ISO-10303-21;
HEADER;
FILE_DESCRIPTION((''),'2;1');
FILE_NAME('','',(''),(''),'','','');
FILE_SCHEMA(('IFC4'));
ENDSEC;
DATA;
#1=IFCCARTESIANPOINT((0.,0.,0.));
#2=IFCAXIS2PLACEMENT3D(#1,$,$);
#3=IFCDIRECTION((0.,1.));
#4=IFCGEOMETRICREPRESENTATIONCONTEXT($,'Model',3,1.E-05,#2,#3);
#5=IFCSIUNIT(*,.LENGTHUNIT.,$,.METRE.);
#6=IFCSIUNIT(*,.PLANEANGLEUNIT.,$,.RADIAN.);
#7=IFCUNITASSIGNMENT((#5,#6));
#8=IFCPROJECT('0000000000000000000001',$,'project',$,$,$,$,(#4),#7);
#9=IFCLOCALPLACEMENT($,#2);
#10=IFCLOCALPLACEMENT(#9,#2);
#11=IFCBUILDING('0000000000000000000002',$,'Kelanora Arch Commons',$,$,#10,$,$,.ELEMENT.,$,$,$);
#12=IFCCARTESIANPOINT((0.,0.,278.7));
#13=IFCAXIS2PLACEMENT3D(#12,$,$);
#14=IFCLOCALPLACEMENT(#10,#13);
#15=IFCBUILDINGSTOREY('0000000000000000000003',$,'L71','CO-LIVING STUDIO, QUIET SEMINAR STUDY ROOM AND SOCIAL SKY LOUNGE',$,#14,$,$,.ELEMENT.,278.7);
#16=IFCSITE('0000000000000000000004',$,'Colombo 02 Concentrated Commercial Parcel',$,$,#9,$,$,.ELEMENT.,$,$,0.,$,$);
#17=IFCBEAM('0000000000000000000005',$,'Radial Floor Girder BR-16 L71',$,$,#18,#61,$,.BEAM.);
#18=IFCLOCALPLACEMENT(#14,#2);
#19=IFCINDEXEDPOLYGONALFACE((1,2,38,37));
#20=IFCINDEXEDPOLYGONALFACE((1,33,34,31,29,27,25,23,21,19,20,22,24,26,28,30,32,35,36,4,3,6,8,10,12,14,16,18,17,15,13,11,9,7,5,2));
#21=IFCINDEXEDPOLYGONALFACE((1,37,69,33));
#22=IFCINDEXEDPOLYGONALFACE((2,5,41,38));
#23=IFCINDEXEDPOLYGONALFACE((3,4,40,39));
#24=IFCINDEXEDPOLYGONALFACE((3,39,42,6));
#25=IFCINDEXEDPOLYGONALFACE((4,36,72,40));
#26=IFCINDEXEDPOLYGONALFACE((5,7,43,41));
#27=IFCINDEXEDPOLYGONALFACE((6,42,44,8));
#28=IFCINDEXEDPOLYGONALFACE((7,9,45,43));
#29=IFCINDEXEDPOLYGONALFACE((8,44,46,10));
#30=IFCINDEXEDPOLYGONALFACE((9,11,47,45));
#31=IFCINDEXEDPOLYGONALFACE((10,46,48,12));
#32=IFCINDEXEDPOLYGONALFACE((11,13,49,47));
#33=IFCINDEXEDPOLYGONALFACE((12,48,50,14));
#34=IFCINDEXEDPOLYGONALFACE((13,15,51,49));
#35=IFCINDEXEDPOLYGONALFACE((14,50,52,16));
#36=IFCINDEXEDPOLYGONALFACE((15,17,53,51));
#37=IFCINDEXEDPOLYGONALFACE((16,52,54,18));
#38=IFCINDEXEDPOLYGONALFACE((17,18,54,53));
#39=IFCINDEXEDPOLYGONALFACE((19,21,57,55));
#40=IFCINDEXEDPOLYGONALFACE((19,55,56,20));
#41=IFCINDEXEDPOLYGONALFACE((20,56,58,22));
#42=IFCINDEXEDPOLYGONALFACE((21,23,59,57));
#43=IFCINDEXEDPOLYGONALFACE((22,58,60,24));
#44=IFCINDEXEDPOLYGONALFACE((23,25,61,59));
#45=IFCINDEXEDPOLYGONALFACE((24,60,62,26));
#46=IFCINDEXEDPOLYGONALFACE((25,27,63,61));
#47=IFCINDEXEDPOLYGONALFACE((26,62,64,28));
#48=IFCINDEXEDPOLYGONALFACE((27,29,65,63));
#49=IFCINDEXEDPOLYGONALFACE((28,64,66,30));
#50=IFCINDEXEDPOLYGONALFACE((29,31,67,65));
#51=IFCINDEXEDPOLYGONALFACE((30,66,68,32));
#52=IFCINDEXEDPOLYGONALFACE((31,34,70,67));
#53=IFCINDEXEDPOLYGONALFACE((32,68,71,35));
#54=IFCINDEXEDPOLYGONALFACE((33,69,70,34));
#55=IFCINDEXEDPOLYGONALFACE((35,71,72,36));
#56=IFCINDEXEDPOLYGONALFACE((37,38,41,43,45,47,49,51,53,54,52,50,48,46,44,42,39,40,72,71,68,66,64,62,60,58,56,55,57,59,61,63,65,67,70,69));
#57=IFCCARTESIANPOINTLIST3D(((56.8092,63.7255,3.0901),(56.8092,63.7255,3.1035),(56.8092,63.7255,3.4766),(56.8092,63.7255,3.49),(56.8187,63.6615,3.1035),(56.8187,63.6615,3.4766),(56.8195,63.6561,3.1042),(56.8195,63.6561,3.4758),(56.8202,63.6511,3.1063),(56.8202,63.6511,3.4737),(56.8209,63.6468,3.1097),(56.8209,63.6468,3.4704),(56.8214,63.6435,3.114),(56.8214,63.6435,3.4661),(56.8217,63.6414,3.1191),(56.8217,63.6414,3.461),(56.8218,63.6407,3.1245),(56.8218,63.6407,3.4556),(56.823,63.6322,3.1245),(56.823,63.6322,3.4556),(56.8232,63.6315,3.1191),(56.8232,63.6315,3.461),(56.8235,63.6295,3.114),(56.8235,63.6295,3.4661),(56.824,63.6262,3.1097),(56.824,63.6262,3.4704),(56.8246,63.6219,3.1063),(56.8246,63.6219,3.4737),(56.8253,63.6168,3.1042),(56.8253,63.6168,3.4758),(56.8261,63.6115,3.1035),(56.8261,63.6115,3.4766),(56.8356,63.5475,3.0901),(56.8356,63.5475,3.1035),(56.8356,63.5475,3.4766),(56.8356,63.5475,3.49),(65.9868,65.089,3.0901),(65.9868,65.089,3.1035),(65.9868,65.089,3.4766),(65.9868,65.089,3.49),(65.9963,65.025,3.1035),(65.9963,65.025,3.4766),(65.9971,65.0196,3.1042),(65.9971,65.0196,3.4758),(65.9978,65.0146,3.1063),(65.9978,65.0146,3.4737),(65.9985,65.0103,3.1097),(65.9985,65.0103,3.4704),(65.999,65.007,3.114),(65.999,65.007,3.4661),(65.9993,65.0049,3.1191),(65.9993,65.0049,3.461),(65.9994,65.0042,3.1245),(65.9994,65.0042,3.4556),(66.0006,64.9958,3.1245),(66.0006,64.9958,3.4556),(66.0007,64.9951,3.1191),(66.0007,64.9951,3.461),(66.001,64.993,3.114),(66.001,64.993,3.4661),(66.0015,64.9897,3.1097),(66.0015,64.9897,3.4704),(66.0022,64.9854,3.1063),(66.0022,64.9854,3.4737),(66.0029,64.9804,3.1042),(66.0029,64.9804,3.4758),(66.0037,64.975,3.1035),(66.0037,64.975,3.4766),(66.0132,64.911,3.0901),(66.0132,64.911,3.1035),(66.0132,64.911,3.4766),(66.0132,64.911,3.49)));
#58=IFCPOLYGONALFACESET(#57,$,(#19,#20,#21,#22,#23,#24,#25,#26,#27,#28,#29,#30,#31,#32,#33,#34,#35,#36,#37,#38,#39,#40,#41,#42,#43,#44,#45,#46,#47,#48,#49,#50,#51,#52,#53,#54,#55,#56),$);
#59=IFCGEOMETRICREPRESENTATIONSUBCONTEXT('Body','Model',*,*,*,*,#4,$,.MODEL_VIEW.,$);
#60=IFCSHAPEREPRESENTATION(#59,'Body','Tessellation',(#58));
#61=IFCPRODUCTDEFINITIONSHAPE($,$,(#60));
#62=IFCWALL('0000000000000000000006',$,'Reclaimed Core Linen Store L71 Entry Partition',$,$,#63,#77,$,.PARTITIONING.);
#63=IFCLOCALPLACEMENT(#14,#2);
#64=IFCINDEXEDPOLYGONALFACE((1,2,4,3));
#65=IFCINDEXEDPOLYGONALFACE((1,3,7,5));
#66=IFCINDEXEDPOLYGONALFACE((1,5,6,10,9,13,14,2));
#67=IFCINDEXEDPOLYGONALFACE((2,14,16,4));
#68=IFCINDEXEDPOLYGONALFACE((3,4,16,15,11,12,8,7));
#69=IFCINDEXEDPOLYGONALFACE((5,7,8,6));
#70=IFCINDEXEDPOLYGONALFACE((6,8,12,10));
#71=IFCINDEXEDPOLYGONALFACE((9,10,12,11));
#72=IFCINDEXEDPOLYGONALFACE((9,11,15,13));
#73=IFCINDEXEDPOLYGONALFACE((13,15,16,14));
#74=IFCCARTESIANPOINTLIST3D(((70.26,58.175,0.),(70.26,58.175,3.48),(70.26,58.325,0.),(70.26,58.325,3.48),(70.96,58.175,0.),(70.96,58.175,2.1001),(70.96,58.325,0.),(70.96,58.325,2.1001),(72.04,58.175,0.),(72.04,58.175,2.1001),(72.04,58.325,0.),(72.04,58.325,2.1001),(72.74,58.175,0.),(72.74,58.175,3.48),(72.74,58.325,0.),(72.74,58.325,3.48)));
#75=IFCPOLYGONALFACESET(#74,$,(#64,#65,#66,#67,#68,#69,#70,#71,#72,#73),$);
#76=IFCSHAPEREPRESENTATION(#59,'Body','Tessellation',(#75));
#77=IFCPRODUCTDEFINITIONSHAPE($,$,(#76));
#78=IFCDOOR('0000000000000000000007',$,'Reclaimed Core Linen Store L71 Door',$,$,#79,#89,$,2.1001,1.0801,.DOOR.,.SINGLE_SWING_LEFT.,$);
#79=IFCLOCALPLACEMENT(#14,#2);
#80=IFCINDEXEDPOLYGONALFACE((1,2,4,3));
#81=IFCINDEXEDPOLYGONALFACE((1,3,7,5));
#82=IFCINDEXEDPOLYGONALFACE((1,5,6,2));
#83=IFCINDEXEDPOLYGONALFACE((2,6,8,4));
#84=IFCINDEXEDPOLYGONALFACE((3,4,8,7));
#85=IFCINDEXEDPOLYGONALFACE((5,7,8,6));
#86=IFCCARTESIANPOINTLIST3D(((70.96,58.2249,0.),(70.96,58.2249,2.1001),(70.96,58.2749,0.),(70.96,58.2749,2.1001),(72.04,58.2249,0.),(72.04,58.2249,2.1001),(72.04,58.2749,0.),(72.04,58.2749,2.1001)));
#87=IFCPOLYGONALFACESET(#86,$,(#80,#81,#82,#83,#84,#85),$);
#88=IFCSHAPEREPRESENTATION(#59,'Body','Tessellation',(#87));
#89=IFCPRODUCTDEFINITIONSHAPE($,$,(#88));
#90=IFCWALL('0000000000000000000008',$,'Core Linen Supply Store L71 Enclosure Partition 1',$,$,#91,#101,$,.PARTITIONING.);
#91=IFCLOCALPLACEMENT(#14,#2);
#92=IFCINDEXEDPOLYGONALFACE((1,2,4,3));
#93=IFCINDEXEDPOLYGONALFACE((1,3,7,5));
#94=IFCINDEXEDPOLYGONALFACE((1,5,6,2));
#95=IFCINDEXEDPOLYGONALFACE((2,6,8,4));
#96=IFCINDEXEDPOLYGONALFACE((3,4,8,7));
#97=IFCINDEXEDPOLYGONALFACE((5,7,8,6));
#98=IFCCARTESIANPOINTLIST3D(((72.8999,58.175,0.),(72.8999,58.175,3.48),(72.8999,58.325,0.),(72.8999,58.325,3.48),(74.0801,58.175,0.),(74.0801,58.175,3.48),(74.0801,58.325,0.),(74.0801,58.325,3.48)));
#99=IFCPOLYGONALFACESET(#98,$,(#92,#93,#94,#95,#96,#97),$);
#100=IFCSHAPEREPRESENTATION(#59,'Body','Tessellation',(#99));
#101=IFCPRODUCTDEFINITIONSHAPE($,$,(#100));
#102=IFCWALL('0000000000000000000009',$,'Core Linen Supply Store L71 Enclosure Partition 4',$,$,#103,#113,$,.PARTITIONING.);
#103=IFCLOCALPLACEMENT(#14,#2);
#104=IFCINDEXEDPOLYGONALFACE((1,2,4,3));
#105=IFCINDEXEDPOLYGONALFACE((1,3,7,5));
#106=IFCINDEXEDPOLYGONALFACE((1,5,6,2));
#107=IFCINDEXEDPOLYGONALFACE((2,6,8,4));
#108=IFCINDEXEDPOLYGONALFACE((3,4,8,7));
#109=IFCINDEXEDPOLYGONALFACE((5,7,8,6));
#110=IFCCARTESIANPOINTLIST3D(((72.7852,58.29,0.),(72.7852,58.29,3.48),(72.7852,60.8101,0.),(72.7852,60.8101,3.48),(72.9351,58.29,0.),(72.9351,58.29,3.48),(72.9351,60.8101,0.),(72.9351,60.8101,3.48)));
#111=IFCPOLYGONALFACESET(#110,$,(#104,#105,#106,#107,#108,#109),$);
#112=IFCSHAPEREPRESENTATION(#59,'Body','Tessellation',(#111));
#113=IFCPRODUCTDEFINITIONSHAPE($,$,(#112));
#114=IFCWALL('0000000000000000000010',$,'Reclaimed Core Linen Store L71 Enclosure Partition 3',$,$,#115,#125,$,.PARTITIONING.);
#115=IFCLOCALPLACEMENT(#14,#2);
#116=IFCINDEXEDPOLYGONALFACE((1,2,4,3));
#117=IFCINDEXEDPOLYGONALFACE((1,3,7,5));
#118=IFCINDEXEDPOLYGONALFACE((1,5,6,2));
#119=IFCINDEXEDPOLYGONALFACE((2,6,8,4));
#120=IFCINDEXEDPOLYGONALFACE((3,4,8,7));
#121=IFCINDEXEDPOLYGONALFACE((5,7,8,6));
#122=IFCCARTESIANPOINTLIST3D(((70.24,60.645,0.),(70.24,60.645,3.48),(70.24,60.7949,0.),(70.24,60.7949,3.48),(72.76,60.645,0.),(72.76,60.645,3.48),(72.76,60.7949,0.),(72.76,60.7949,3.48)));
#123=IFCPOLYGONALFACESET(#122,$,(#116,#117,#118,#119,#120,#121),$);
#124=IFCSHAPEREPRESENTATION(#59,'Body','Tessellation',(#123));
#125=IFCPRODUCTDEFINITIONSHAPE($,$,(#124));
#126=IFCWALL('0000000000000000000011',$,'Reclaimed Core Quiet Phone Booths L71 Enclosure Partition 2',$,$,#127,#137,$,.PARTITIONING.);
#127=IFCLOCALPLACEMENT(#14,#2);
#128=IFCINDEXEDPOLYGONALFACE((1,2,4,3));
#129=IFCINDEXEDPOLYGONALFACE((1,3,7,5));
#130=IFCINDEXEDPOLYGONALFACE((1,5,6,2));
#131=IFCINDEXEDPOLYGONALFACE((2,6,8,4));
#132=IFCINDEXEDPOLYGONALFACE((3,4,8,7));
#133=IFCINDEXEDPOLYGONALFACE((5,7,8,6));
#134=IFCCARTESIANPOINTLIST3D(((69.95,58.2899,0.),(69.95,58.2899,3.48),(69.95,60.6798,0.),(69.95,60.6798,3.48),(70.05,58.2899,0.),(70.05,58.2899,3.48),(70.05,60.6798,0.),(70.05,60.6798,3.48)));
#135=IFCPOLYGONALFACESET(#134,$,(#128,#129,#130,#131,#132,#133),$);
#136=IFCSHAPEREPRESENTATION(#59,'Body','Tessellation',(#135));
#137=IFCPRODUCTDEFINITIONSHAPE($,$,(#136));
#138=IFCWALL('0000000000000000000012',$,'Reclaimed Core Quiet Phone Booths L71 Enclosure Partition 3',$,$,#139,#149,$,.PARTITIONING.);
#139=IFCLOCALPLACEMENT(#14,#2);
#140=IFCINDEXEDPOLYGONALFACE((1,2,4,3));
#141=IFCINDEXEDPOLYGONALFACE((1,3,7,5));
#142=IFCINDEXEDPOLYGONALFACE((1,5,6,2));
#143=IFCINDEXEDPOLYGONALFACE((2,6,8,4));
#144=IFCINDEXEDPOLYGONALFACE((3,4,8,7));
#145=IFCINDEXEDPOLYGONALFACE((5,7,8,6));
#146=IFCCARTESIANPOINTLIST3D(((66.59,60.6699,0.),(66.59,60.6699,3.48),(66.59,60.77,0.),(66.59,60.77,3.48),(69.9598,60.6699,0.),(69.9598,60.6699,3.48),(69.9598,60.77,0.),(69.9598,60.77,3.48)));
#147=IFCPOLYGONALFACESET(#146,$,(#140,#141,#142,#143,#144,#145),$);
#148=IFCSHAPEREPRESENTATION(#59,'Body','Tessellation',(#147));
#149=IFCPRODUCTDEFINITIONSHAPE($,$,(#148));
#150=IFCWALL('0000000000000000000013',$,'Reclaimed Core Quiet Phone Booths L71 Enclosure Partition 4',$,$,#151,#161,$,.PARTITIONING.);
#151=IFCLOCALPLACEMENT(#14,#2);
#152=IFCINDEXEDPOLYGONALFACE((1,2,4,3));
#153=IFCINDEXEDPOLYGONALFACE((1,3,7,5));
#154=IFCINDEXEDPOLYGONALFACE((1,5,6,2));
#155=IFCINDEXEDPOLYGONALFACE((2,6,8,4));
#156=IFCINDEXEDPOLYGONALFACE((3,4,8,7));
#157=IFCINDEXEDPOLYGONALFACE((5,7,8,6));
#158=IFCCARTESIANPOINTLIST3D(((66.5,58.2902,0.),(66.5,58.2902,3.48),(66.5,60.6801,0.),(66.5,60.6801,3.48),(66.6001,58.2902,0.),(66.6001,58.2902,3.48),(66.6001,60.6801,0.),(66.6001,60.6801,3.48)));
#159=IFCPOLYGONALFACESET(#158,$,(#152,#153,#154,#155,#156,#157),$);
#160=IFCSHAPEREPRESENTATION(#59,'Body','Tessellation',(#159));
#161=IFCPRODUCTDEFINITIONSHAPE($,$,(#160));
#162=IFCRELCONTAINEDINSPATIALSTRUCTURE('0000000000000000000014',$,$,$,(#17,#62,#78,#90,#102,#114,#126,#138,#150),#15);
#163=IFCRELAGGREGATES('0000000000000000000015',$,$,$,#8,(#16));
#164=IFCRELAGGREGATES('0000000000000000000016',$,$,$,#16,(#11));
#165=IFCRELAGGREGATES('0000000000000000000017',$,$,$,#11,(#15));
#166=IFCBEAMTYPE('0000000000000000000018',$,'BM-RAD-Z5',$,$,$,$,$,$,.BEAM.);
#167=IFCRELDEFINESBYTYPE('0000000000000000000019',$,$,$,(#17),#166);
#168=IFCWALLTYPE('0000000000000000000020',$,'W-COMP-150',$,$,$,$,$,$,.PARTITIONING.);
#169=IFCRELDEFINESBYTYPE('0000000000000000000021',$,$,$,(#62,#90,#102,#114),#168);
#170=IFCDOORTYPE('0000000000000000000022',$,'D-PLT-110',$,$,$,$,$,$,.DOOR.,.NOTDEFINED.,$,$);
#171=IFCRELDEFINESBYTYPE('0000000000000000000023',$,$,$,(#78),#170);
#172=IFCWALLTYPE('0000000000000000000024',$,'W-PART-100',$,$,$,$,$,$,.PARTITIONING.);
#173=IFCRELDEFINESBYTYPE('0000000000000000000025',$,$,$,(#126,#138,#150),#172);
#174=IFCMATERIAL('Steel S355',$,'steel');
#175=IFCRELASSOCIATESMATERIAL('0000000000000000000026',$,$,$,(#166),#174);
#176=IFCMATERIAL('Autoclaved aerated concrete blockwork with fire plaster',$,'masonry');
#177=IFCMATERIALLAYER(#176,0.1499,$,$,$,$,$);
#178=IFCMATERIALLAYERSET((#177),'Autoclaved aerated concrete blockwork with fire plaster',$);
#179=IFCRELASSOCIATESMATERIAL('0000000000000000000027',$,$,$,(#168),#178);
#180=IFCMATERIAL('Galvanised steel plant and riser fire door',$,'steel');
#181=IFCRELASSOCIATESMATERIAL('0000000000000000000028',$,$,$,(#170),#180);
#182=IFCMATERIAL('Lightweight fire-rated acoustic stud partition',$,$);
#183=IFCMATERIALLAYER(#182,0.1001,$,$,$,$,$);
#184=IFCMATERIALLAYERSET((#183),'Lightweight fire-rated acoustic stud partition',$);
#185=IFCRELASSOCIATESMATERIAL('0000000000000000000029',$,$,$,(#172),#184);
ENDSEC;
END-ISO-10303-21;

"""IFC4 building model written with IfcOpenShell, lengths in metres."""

from ifc_helpers import new_model, si_unit, direction, frame, frame_2d, origin, origin_2d, place, context, subcontext, project, spatial, rectangle, i_section, extrude, material, layer, layer_set, material_profile, profile_set, type_object, element, fill, save


model = new_model("IFC4")

# Units and contexts
model_context = context("Model", 3, precision=1e-05, world=origin(), true_north=direction((0.0, 1.0)))
body_context = subcontext(model_context, "Body", "Model", "MODEL_VIEW")
ifc_project = project(units=[si_unit("LENGTHUNIT", "METRE"), si_unit("PLANEANGLEUNIT", "RADIAN")], contexts=[model_context])

# Site, building, storey
site_placement = place(None, origin())
site = spatial("IfcSite", under=ifc_project, at=site_placement, Name="Colombo 02 Concentrated Commercial Parcel", CompositionType="ELEMENT", RefElevation=0.0)
building_placement = place(site_placement, origin())
building = spatial("IfcBuilding", under=site, at=building_placement, Name="Kelanora Arch Commons", CompositionType="ELEMENT")
storey_placement = place(building_placement, frame((0.0, 0.0, 278.7)))
storey = spatial("IfcBuildingStorey", under=building, at=storey_placement, Name="L71", Description="CO-LIVING STUDIO, QUIET SEMINAR STUDY ROOM AND SOCIAL SKY LOUNGE", CompositionType="ELEMENT", Elevation=278.7)

# Beam
ifc_material_1 = material(Name="Steel S355", Category="steel")
ifc_material_profile_1 = material_profile(ifc_material_1, i_section(OverallWidth=0.1799, OverallDepth=0.3999, WebThickness=0.0085, FlangeThickness=0.0134, FilletRadius=0.021, at=origin_2d()), Name="IPE400")
ifc_profile_set_1 = profile_set([ifc_material_profile_1], Name="Steel S355")
beam_type_1 = type_object("IfcBeamType", Name="BM-RAD-Z5", PredefinedType="BEAM", material=ifc_profile_set_1)
beam_1_placement = place(storey_placement, frame((66.0, 65.0, 3.29), z_axis=(-0.989142, -0.14696, 0.0), x_axis=(0.14696, -0.989142, 0.0)))
element("IfcBeam", 1, at=beam_1_placement, inside=storey, type_object=beam_type_1, Name="Radial Floor Girder BR-16 L71", PredefinedType="BEAM", context=body_context, shape_type="SweptSolid", body=[
    extrude(i_section(OverallWidth=0.1799, OverallDepth=0.3999, WebThickness=0.0085, FlangeThickness=0.0134, FilletRadius=0.021, at=origin_2d()), origin(), (0.0, 0.0, 1.0), 9.2783),
])

# Wall, opening, door
ifc_material_2 = material(Name="Autoclaved aerated concrete blockwork with fire plaster", Category="masonry")
ifc_layer_1 = layer(ifc_material_2, 0.1499)
ifc_layer_set_1 = layer_set([ifc_layer_1], Name="Autoclaved aerated concrete blockwork with fire plaster")
wall_type_1 = type_object("IfcWallType", Name="W-COMP-150", PredefinedType="PARTITIONING", material=ifc_layer_set_1)
wall_1_placement = place(storey_placement, frame((70.26, 58.25, 0.0), z_axis=(0.0, 0.0, 1.0), x_axis=(1.0, 0.0, 0.0)))
wall_1 = element("IfcWall", 2, at=wall_1_placement, inside=storey, type_object=wall_type_1, Name="Reclaimed Core Linen Store L71 Entry Partition", PredefinedType="PARTITIONING", context=body_context, shape_type="SweptSolid", body=[
    extrude(rectangle(XDim=2.48, YDim=0.1499, at=frame_2d((1.24, 0.0))), origin(), (0.0, 0.0, 1.0), 3.48),
])
opening_1_placement = place(wall_1_placement, frame((0.7, 0.0, 0.0)))
opening_1 = element("IfcOpeningElement", 3, at=opening_1_placement, cuts=wall_1, PredefinedType="OPENING", context=body_context, shape_type="SweptSolid", body=[
    extrude(rectangle(XDim=1.0801, YDim=2.1001, at=frame_2d((0.54, 1.05))), frame((0.0, 0.085, 0.0), z_axis=(0.0, -1.0, 0.0), x_axis=(1.0, 0.0, 0.0)), (0.0, 0.0, 1.0), 0.1699),
])
ifc_material_3 = material(Name="Galvanised steel plant and riser fire door", Category="steel")
door_type_1 = type_object("IfcDoorType", Name="D-PLT-110", OperationType="NOTDEFINED", PredefinedType="DOOR", material=ifc_material_3)
door_1_placement = place(opening_1_placement, origin())
door_1 = element("IfcDoor", 4, at=door_1_placement, inside=storey, type_object=door_type_1, Name="Reclaimed Core Linen Store L71 Door", OperationType="SINGLE_SWING_LEFT", OverallHeight=2.1001, OverallWidth=1.0801, PredefinedType="DOOR", context=body_context, shape_type="SweptSolid", body=[
    extrude(rectangle(XDim=1.0801, YDim=2.1001, at=frame_2d((0.54, 1.05))), frame((0.0, 0.0249, 0.0), z_axis=(0.0, -1.0, 0.0), x_axis=(1.0, 0.0, 0.0)), (0.0, 0.0, 1.0), 0.05),
])
fill(opening_1, door_1)

# Walls
wall_2_placement = place(storey_placement, frame((72.8999, 58.25, 0.0), z_axis=(0.0, 0.0, 1.0), x_axis=(1.0, 0.0, 0.0)))
element("IfcWall", 5, at=wall_2_placement, inside=storey, type_object=wall_type_1, Name="Core Linen Supply Store L71 Enclosure Partition 1", PredefinedType="PARTITIONING", context=body_context, shape_type="SweptSolid", body=[
    extrude(rectangle(XDim=1.1802, YDim=0.1499, at=frame_2d((0.5901, 0.0))), origin(), (0.0, 0.0, 1.0), 3.48),
])
for number, where, z_axis, x_axis, name in (
    (6, (72.8601, 60.8101, 0.0), (0.0, 0.0, 1.0), (0.0, -1.0, 0.0), "Core Linen Supply Store L71 Enclosure Partition 4"),
    (7, (72.76, 60.72, 0.0), (0.0, 0.0, 1.0), (-1.0, 0.0, 0.0), "Reclaimed Core Linen Store L71 Enclosure Partition 3"),
):
    element("IfcWall", number, at=place(storey_placement, frame(where, z_axis=z_axis, x_axis=x_axis)), inside=storey, type_object=wall_type_1, Name=name, PredefinedType="PARTITIONING", context=body_context, shape_type="SweptSolid", body=[
        extrude(rectangle(XDim=2.52, YDim=0.1499, at=frame_2d((1.26, 0.0))), origin(), (0.0, 0.0, 1.0), 3.48),
    ])
ifc_material_4 = material(Name="Lightweight fire-rated acoustic stud partition")
ifc_layer_2 = layer(ifc_material_4, 0.1001)
ifc_layer_set_2 = layer_set([ifc_layer_2], Name="Lightweight fire-rated acoustic stud partition")
wall_type_2 = type_object("IfcWallType", Name="W-PART-100", PredefinedType="PARTITIONING", material=ifc_layer_set_2)
wall_3_placement = place(storey_placement, frame((70.0, 58.29, 0.0), z_axis=(0.0, 0.0, 1.0), x_axis=(0.0, 1.0, 0.0)))
element("IfcWall", 8, at=wall_3_placement, inside=storey, type_object=wall_type_2, Name="Reclaimed Core Quiet Phone Booths L71 Enclosure Partition 2", PredefinedType="PARTITIONING", context=body_context, shape_type="SweptSolid", body=[
    extrude(rectangle(XDim=2.3899, YDim=0.1001, at=frame_2d((1.1948, 0.0))), origin(), (0.0, 0.0, 1.0), 3.48),
])
wall_4_placement = place(storey_placement, frame((69.96, 60.72, 0.0), z_axis=(0.0, 0.0, 1.0), x_axis=(-1.0, 0.0, 0.0)))
element("IfcWall", 9, at=wall_4_placement, inside=storey, type_object=wall_type_2, Name="Reclaimed Core Quiet Phone Booths L71 Enclosure Partition 3", PredefinedType="PARTITIONING", context=body_context, shape_type="SweptSolid", body=[
    extrude(rectangle(XDim=3.3699, YDim=0.1001, at=frame_2d((1.6851, 0.0))), origin(), (0.0, 0.0, 1.0), 3.48),
])
wall_5_placement = place(storey_placement, frame((66.55, 60.6799, 0.0), z_axis=(0.0, 0.0, 1.0), x_axis=(0.0, -1.0, 0.0)))
element("IfcWall", 10, at=wall_5_placement, inside=storey, type_object=wall_type_2, Name="Reclaimed Core Quiet Phone Booths L71 Enclosure Partition 4", PredefinedType="PARTITIONING", context=body_context, shape_type="SweptSolid", body=[
    extrude(rectangle(XDim=2.3899, YDim=0.1001, at=frame_2d((1.1948, 0.0))), origin(), (0.0, 0.0, 1.0), 3.48),
])

save(model, "model.ifc")
